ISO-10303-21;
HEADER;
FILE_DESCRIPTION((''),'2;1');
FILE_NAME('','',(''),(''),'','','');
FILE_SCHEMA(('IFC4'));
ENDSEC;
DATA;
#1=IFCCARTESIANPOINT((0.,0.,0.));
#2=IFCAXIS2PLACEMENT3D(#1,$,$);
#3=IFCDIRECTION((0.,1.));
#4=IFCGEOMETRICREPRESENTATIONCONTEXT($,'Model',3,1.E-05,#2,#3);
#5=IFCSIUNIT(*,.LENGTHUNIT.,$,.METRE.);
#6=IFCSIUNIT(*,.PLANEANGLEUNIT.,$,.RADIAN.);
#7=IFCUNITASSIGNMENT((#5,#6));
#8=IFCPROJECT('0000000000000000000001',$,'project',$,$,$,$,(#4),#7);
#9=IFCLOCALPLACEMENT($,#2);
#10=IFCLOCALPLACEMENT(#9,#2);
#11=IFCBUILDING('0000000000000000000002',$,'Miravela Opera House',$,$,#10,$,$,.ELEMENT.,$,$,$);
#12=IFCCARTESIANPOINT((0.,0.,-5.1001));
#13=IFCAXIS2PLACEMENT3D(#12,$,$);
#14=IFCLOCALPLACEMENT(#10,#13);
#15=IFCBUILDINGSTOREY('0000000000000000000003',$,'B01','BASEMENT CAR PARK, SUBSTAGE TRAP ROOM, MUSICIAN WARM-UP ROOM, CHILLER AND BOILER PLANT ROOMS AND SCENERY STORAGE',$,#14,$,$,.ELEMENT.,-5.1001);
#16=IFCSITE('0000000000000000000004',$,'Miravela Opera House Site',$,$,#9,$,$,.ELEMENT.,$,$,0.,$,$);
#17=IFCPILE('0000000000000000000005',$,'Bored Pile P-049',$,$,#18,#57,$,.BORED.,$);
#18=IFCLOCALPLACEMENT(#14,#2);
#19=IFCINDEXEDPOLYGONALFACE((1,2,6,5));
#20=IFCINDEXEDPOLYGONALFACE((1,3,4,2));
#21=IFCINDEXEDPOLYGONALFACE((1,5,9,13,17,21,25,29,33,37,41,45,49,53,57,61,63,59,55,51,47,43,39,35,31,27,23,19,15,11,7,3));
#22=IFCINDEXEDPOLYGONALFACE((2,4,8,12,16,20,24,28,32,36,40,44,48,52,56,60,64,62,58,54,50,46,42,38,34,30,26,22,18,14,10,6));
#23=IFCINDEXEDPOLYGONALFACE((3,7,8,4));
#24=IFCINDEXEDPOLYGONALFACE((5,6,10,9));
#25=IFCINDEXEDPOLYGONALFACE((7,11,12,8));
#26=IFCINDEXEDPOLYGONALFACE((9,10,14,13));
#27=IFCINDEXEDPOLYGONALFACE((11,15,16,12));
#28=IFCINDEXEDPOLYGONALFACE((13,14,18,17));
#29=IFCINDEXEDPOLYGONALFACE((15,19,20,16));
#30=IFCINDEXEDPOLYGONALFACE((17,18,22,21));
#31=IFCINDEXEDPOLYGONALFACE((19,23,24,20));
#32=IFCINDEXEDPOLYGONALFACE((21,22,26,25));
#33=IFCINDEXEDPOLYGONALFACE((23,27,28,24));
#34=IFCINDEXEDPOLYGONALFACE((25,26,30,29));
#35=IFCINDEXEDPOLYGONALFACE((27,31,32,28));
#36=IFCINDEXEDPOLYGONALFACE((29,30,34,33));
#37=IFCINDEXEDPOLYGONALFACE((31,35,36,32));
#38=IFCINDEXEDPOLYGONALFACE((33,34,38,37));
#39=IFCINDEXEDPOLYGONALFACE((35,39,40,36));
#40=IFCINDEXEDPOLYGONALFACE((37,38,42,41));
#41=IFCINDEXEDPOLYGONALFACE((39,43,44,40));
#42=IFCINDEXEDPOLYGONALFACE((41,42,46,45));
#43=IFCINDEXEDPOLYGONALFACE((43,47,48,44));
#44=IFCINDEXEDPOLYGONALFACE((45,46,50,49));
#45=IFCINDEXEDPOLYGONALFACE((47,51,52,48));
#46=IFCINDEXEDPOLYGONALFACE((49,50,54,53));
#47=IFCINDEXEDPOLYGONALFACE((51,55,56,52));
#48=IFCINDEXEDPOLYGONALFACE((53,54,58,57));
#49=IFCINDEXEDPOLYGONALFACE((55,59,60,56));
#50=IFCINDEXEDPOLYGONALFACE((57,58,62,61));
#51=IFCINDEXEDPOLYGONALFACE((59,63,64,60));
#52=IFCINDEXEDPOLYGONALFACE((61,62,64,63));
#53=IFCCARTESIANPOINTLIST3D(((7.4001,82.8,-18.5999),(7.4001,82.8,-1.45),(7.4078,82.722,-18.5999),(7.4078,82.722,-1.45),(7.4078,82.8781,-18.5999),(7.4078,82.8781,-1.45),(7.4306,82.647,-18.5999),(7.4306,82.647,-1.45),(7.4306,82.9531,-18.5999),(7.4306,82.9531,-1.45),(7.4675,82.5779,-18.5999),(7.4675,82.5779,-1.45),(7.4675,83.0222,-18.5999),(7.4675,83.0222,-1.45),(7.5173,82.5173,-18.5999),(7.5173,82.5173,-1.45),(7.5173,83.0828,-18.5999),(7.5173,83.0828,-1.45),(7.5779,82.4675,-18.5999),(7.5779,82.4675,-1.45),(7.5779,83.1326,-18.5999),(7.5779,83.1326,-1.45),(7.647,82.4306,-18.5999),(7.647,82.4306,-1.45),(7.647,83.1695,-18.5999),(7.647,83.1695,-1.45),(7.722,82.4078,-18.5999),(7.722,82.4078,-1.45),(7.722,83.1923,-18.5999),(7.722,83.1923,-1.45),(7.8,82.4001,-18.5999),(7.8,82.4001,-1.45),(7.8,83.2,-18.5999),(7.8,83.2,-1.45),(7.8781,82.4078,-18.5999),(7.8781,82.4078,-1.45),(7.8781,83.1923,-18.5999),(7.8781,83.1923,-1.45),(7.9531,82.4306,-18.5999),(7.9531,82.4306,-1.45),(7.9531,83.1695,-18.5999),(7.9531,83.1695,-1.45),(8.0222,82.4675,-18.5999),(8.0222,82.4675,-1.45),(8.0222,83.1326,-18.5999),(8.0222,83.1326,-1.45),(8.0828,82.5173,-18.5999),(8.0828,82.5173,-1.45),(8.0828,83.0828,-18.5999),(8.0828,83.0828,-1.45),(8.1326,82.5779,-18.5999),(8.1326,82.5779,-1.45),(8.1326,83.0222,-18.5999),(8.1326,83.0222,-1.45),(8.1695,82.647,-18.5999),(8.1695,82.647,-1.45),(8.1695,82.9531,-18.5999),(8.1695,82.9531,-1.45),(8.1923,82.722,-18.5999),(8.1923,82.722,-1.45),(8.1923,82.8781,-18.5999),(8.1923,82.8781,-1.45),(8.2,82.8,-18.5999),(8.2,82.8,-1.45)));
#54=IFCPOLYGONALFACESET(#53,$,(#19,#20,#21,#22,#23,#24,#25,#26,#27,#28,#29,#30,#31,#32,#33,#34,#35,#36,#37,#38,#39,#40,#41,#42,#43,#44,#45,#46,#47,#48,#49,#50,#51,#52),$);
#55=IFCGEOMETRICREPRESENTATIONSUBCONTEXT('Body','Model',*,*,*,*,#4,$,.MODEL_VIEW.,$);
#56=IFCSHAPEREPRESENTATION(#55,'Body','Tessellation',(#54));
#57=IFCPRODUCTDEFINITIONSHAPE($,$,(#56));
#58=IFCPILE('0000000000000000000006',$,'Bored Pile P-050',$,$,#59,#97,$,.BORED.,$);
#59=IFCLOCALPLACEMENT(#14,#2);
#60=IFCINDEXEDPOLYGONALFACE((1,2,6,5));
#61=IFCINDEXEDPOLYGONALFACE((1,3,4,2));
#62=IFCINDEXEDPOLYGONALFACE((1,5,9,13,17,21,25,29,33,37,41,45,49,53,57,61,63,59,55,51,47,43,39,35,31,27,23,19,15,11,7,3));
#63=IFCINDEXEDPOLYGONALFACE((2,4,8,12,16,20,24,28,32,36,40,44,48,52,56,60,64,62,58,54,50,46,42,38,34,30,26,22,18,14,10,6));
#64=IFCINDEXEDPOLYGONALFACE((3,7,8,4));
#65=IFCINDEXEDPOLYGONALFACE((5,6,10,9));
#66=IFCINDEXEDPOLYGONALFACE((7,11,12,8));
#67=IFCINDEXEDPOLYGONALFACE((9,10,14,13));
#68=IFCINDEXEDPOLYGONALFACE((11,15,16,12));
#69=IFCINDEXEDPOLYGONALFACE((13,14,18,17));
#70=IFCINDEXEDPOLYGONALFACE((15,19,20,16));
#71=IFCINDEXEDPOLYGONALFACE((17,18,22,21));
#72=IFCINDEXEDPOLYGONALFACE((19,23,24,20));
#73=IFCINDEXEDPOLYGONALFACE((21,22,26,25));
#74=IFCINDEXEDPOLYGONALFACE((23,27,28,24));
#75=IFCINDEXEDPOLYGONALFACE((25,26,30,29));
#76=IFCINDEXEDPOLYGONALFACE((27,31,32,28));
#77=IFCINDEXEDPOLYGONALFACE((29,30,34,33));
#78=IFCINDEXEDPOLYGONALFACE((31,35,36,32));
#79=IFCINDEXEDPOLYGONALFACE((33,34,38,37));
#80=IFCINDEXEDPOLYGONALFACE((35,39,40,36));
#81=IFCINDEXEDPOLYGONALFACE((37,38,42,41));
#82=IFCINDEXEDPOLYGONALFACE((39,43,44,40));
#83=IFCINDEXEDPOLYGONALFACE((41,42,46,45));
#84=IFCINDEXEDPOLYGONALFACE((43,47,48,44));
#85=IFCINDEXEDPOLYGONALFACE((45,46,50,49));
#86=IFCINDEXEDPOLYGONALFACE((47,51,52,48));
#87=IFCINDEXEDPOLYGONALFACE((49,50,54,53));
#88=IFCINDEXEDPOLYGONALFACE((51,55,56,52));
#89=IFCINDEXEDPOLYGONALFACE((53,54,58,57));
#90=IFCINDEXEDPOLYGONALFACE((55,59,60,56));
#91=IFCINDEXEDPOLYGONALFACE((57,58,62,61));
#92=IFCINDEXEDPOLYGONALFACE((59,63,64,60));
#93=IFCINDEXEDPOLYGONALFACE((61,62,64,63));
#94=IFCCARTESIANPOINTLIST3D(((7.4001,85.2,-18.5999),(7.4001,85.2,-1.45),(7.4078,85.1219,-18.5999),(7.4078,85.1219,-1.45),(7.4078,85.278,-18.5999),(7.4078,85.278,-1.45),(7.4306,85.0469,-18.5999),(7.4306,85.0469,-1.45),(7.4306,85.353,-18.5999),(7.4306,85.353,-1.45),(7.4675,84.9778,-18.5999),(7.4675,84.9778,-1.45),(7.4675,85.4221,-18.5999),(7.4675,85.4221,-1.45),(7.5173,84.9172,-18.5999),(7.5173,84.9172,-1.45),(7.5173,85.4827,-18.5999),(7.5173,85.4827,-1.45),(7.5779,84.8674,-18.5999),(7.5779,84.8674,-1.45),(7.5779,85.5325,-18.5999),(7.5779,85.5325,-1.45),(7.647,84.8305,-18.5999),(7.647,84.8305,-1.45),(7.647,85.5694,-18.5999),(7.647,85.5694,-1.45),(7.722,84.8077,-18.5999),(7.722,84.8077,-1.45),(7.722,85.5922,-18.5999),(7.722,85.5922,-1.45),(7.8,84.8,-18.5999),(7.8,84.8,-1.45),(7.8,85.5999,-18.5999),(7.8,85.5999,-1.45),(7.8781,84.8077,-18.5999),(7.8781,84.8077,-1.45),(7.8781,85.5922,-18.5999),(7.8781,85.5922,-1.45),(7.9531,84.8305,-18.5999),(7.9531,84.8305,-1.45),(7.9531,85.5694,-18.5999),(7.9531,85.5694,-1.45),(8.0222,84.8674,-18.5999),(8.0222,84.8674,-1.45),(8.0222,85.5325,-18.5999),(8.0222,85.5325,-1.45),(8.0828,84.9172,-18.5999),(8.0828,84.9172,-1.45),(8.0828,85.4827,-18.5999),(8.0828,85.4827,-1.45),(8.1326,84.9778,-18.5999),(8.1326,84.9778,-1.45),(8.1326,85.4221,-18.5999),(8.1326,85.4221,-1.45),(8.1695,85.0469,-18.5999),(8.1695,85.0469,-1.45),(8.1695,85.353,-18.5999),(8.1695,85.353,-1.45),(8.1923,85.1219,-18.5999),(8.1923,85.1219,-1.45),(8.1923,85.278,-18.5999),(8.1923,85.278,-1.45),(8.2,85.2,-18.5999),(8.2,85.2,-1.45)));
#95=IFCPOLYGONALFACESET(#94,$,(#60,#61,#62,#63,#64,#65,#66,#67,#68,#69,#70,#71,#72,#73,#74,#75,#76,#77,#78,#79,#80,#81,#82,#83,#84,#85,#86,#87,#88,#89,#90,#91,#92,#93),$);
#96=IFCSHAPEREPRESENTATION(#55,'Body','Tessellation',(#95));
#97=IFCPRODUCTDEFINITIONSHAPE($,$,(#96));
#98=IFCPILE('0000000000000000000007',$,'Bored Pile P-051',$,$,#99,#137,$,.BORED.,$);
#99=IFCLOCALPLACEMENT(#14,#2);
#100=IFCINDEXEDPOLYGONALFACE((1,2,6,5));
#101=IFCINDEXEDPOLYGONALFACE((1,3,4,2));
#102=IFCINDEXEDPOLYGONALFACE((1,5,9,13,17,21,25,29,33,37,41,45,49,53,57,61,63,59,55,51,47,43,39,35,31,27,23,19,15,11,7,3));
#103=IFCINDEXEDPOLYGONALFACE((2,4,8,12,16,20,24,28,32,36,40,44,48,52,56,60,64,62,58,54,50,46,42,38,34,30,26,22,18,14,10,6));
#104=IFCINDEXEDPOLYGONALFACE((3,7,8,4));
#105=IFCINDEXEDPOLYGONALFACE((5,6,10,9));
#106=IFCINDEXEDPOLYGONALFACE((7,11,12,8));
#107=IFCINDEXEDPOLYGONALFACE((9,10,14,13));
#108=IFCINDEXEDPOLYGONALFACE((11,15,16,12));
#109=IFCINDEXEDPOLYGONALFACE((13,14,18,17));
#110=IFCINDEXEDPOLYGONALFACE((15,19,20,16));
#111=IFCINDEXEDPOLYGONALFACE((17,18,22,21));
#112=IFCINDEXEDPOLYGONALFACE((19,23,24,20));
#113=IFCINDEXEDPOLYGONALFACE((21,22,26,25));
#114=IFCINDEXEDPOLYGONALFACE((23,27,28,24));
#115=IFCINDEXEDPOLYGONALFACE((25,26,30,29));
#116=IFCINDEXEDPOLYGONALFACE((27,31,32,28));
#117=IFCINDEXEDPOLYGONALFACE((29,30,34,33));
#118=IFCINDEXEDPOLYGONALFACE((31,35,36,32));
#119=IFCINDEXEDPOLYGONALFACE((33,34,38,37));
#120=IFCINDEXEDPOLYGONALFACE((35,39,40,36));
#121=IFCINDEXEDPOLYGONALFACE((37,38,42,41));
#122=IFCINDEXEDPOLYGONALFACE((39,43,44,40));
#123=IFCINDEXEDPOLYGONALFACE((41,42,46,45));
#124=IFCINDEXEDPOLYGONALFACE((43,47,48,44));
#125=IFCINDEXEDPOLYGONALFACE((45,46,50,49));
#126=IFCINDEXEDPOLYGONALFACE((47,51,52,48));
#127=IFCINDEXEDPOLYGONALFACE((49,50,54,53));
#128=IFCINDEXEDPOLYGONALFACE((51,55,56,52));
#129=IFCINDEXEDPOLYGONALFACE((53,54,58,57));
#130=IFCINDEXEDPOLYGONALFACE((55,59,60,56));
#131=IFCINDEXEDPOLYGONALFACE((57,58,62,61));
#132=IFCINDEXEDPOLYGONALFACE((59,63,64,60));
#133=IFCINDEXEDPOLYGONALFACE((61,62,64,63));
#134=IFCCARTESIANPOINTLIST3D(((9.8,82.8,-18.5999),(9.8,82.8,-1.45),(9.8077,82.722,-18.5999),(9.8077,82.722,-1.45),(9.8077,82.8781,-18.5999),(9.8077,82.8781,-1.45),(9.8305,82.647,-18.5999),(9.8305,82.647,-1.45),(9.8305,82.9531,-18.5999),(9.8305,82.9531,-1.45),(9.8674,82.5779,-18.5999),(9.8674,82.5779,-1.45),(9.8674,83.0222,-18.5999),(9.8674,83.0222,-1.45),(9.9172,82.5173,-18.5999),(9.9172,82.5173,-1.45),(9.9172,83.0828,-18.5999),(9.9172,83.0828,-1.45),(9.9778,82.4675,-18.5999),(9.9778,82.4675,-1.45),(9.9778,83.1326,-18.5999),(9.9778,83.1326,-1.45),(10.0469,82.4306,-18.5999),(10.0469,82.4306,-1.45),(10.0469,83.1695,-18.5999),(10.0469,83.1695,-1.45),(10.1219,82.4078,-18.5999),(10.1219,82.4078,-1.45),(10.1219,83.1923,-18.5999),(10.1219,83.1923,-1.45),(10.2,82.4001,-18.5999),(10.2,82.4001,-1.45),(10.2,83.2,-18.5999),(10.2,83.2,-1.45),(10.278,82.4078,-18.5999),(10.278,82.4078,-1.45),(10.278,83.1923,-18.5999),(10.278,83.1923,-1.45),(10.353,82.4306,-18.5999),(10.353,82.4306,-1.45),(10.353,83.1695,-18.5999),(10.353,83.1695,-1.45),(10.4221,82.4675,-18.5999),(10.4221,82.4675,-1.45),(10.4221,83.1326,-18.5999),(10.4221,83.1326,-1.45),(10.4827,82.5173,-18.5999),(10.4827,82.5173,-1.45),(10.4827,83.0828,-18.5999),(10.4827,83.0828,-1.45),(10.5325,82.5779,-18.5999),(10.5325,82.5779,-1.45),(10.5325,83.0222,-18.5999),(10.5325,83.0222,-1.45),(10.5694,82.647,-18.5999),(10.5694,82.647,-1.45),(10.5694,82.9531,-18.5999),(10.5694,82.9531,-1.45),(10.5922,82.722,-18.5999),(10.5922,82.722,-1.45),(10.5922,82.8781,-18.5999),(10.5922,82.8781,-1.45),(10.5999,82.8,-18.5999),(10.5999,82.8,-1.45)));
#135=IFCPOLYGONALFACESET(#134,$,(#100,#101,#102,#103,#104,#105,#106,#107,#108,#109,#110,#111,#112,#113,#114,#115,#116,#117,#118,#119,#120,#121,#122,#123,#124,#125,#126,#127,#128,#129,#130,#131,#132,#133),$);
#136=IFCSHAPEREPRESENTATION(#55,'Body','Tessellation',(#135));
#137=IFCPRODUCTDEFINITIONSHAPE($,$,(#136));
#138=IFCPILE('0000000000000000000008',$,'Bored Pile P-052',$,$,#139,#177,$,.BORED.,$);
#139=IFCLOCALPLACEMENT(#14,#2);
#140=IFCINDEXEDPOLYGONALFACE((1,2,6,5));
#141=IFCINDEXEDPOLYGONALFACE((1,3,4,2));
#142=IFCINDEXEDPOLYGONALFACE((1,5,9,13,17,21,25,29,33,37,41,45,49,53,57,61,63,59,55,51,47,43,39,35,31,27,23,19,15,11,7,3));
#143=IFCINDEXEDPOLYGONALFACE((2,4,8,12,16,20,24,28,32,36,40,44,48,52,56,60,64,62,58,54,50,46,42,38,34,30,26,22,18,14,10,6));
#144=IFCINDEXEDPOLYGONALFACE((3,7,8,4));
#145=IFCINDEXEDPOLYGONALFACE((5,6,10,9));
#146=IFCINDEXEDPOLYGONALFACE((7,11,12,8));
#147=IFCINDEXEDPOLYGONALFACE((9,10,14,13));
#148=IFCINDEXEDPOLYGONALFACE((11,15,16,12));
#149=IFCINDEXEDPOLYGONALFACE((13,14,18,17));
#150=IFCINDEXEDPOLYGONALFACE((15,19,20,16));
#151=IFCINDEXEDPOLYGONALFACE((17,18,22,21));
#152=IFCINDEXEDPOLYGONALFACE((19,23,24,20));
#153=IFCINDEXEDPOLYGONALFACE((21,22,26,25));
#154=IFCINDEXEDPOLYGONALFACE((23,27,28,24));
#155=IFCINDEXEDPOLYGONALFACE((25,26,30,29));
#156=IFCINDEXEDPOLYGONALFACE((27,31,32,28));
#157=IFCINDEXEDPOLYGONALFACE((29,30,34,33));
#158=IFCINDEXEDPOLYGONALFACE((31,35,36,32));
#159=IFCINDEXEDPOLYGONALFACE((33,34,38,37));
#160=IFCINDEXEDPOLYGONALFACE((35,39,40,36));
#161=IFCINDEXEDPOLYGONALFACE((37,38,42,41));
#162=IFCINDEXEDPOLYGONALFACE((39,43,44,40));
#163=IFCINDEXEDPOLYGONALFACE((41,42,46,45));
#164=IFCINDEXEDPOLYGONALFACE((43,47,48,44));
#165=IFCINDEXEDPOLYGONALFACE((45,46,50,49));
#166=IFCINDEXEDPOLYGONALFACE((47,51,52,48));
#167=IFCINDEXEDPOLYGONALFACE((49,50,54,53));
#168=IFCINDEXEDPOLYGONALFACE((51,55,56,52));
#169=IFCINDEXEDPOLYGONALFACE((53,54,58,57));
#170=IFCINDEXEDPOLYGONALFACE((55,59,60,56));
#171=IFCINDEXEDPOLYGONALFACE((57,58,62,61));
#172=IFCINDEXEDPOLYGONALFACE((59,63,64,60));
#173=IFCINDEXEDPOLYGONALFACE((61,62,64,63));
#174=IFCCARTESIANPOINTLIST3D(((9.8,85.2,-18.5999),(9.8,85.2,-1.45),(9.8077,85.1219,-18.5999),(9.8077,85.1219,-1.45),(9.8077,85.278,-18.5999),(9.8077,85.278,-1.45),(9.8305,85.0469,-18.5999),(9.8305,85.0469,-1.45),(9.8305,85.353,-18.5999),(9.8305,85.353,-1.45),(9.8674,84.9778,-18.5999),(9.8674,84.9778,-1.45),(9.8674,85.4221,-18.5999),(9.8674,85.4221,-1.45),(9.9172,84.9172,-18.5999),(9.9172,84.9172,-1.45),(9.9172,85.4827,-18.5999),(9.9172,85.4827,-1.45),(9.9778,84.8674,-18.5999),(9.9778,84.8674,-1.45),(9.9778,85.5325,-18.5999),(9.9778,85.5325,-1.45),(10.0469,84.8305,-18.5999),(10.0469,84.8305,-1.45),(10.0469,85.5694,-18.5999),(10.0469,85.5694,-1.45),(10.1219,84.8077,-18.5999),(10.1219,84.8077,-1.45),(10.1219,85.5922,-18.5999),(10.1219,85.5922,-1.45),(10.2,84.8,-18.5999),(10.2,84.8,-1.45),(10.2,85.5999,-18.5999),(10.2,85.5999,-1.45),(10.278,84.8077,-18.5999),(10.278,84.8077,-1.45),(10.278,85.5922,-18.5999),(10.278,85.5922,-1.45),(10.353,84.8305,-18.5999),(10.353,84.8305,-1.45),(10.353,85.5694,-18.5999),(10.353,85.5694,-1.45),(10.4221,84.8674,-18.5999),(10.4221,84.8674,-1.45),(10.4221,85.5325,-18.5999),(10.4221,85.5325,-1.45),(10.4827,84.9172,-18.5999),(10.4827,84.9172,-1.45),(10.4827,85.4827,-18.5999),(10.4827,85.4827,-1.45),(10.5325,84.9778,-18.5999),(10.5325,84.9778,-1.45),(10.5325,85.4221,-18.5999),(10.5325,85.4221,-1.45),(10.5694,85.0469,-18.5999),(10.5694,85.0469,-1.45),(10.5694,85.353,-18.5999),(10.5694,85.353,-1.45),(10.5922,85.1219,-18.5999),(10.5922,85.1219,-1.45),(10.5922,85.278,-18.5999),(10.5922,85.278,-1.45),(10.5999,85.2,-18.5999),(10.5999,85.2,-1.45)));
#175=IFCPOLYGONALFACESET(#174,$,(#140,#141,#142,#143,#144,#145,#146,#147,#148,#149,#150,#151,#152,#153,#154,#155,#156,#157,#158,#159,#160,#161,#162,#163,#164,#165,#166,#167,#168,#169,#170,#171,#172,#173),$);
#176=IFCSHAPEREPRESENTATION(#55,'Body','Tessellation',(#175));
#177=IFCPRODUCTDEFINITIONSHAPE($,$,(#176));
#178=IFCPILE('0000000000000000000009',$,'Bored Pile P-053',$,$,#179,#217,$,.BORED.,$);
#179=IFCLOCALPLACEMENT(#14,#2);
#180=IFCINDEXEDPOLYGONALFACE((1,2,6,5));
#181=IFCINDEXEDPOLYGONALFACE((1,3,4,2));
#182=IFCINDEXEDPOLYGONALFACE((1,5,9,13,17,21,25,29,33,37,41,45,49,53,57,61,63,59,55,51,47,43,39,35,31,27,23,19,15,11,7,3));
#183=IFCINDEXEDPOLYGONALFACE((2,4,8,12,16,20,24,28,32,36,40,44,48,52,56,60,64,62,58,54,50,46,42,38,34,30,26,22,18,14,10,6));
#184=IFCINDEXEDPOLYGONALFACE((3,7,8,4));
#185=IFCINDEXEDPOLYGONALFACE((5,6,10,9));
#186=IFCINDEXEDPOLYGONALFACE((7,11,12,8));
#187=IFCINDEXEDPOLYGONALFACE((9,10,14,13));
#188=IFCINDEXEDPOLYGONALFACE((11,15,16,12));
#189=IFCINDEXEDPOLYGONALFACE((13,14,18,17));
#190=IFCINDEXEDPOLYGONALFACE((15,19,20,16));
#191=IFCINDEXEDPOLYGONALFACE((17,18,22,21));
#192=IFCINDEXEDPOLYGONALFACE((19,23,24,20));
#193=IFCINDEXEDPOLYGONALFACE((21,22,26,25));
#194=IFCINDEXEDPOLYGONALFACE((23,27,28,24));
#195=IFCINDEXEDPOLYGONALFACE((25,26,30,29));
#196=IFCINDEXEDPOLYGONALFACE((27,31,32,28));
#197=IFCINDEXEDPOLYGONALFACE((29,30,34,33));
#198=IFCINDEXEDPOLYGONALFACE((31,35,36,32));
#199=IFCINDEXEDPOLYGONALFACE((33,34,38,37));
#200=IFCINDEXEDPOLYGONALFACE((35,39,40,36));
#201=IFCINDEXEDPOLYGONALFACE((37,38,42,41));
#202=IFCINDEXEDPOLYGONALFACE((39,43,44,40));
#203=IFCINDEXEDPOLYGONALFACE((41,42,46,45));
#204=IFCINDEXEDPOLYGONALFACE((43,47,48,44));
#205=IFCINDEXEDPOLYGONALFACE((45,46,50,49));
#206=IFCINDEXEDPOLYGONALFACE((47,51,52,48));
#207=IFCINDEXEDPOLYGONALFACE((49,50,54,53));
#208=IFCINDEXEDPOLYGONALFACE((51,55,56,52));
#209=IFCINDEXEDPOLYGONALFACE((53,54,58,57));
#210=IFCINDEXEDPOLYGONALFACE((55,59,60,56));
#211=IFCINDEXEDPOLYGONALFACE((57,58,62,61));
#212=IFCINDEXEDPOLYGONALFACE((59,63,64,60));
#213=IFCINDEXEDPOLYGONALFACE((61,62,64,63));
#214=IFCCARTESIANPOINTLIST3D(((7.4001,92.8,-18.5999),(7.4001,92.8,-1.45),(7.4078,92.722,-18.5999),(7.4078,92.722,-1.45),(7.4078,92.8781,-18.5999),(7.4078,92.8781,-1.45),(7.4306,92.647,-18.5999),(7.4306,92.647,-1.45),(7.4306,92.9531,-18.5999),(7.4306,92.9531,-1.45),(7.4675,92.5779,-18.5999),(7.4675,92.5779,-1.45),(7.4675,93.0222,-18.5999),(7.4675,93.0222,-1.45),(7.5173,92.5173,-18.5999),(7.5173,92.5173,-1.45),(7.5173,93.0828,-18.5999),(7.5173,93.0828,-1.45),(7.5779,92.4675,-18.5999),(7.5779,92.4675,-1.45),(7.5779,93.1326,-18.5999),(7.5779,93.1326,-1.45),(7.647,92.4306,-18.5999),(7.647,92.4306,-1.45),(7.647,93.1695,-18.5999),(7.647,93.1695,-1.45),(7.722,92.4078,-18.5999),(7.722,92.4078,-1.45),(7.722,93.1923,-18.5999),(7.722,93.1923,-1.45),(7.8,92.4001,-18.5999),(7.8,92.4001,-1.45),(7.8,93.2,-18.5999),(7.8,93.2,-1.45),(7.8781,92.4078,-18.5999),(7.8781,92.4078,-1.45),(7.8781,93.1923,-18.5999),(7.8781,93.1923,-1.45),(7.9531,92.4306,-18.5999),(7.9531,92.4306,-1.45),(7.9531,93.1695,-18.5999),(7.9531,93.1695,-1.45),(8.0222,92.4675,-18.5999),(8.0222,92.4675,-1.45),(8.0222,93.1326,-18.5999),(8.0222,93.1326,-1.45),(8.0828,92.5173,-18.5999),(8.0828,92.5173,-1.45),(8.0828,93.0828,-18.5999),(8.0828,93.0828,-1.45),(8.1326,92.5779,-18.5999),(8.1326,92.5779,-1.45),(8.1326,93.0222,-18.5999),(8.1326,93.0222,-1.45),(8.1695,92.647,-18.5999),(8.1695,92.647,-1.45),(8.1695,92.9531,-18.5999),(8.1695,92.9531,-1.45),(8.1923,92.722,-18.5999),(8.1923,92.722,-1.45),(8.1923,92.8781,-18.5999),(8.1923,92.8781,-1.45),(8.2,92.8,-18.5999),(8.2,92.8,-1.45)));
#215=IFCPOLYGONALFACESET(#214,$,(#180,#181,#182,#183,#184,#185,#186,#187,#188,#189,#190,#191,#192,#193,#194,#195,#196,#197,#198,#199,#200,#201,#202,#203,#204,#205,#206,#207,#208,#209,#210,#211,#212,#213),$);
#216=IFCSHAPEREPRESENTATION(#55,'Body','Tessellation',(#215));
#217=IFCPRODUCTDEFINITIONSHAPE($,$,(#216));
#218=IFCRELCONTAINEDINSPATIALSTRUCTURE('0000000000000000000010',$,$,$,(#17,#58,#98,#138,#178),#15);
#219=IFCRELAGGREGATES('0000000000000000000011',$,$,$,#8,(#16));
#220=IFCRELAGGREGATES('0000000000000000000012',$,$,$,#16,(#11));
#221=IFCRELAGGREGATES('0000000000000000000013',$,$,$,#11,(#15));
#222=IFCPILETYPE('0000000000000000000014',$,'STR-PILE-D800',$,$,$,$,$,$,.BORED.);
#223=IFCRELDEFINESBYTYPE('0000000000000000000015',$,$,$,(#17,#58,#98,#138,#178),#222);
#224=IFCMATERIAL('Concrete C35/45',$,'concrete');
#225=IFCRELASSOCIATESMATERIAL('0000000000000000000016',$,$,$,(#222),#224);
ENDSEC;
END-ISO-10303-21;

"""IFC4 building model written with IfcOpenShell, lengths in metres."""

from ifc_helpers import new_model, si_unit, direction, frame, origin, origin_2d, place, context, subcontext, project, spatial, circle, extrude, material, material_profile, profile_set, type_object, element, save


model = new_model("IFC4")

# Units and contexts
model_context = context("Model", 3, precision=1e-05, world=origin(), true_north=direction((0.0, 1.0)))
body_context = subcontext(model_context, "Body", "Model", "MODEL_VIEW")
ifc_project = project(units=[si_unit("LENGTHUNIT", "METRE"), si_unit("PLANEANGLEUNIT", "RADIAN")], contexts=[model_context])

# Site, building, storey
site_placement = place(None, origin())
site = spatial("IfcSite", under=ifc_project, at=site_placement, Name="Miravela Opera House Site", CompositionType="ELEMENT", RefElevation=0.0)
building_placement = place(site_placement, origin())
building = spatial("IfcBuilding", under=site, at=building_placement, Name="Miravela Opera House", CompositionType="ELEMENT")
storey_placement = place(building_placement, frame((0.0, 0.0, -5.1001)))
storey = spatial("IfcBuildingStorey", under=building, at=storey_placement, Name="B01", Description="BASEMENT CAR PARK, SUBSTAGE TRAP ROOM, MUSICIAN WARM-UP ROOM, CHILLER AND BOILER PLANT ROOMS AND SCENERY STORAGE", CompositionType="ELEMENT", Elevation=-5.1001)

# Shared definitions
ifc_material_1 = material(Name="Concrete C35/45", Category="concrete")

# Piles
ifc_material_profile_1 = material_profile(ifc_material_1, circle(Radius=0.3999, at=origin_2d()), Name="PILE-D800")
ifc_profile_set_1 = profile_set([ifc_material_profile_1])
pile_type_1 = type_object("IfcPileType", Name="STR-PILE-D800", PredefinedType="BORED", material=ifc_profile_set_1)
for number, where, z_axis, x_axis, name in (
    (1, (7.8, 82.8, -1.45), (0.0, 0.0, -1.0), (1.0, 0.0, 0.0), "Bored Pile P-049"),
    (2, (7.8, 85.2, -1.45), (0.0, 0.0, -1.0), (1.0, 0.0, 0.0), "Bored Pile P-050"),
    (3, (10.2, 82.8, -1.45), (0.0, 0.0, -1.0), (1.0, 0.0, 0.0), "Bored Pile P-051"),
    (4, (10.2, 85.2, -1.45), (0.0, 0.0, -1.0), (1.0, 0.0, 0.0), "Bored Pile P-052"),
    (5, (7.8, 92.8, -1.45), (0.0, 0.0, -1.0), (1.0, 0.0, 0.0), "Bored Pile P-053"),
):
    element("IfcPile", number, at=place(storey_placement, frame(where, z_axis=z_axis, x_axis=x_axis)), inside=storey, type_object=pile_type_1, Name=name, PredefinedType="BORED", context=body_context, shape_type="SweptSolid", body=[
        extrude(circle(Radius=0.3999, at=origin_2d()), origin(), (0.0, 0.0, 1.0), 17.1499),
    ])

save(model, "model.ifc")
